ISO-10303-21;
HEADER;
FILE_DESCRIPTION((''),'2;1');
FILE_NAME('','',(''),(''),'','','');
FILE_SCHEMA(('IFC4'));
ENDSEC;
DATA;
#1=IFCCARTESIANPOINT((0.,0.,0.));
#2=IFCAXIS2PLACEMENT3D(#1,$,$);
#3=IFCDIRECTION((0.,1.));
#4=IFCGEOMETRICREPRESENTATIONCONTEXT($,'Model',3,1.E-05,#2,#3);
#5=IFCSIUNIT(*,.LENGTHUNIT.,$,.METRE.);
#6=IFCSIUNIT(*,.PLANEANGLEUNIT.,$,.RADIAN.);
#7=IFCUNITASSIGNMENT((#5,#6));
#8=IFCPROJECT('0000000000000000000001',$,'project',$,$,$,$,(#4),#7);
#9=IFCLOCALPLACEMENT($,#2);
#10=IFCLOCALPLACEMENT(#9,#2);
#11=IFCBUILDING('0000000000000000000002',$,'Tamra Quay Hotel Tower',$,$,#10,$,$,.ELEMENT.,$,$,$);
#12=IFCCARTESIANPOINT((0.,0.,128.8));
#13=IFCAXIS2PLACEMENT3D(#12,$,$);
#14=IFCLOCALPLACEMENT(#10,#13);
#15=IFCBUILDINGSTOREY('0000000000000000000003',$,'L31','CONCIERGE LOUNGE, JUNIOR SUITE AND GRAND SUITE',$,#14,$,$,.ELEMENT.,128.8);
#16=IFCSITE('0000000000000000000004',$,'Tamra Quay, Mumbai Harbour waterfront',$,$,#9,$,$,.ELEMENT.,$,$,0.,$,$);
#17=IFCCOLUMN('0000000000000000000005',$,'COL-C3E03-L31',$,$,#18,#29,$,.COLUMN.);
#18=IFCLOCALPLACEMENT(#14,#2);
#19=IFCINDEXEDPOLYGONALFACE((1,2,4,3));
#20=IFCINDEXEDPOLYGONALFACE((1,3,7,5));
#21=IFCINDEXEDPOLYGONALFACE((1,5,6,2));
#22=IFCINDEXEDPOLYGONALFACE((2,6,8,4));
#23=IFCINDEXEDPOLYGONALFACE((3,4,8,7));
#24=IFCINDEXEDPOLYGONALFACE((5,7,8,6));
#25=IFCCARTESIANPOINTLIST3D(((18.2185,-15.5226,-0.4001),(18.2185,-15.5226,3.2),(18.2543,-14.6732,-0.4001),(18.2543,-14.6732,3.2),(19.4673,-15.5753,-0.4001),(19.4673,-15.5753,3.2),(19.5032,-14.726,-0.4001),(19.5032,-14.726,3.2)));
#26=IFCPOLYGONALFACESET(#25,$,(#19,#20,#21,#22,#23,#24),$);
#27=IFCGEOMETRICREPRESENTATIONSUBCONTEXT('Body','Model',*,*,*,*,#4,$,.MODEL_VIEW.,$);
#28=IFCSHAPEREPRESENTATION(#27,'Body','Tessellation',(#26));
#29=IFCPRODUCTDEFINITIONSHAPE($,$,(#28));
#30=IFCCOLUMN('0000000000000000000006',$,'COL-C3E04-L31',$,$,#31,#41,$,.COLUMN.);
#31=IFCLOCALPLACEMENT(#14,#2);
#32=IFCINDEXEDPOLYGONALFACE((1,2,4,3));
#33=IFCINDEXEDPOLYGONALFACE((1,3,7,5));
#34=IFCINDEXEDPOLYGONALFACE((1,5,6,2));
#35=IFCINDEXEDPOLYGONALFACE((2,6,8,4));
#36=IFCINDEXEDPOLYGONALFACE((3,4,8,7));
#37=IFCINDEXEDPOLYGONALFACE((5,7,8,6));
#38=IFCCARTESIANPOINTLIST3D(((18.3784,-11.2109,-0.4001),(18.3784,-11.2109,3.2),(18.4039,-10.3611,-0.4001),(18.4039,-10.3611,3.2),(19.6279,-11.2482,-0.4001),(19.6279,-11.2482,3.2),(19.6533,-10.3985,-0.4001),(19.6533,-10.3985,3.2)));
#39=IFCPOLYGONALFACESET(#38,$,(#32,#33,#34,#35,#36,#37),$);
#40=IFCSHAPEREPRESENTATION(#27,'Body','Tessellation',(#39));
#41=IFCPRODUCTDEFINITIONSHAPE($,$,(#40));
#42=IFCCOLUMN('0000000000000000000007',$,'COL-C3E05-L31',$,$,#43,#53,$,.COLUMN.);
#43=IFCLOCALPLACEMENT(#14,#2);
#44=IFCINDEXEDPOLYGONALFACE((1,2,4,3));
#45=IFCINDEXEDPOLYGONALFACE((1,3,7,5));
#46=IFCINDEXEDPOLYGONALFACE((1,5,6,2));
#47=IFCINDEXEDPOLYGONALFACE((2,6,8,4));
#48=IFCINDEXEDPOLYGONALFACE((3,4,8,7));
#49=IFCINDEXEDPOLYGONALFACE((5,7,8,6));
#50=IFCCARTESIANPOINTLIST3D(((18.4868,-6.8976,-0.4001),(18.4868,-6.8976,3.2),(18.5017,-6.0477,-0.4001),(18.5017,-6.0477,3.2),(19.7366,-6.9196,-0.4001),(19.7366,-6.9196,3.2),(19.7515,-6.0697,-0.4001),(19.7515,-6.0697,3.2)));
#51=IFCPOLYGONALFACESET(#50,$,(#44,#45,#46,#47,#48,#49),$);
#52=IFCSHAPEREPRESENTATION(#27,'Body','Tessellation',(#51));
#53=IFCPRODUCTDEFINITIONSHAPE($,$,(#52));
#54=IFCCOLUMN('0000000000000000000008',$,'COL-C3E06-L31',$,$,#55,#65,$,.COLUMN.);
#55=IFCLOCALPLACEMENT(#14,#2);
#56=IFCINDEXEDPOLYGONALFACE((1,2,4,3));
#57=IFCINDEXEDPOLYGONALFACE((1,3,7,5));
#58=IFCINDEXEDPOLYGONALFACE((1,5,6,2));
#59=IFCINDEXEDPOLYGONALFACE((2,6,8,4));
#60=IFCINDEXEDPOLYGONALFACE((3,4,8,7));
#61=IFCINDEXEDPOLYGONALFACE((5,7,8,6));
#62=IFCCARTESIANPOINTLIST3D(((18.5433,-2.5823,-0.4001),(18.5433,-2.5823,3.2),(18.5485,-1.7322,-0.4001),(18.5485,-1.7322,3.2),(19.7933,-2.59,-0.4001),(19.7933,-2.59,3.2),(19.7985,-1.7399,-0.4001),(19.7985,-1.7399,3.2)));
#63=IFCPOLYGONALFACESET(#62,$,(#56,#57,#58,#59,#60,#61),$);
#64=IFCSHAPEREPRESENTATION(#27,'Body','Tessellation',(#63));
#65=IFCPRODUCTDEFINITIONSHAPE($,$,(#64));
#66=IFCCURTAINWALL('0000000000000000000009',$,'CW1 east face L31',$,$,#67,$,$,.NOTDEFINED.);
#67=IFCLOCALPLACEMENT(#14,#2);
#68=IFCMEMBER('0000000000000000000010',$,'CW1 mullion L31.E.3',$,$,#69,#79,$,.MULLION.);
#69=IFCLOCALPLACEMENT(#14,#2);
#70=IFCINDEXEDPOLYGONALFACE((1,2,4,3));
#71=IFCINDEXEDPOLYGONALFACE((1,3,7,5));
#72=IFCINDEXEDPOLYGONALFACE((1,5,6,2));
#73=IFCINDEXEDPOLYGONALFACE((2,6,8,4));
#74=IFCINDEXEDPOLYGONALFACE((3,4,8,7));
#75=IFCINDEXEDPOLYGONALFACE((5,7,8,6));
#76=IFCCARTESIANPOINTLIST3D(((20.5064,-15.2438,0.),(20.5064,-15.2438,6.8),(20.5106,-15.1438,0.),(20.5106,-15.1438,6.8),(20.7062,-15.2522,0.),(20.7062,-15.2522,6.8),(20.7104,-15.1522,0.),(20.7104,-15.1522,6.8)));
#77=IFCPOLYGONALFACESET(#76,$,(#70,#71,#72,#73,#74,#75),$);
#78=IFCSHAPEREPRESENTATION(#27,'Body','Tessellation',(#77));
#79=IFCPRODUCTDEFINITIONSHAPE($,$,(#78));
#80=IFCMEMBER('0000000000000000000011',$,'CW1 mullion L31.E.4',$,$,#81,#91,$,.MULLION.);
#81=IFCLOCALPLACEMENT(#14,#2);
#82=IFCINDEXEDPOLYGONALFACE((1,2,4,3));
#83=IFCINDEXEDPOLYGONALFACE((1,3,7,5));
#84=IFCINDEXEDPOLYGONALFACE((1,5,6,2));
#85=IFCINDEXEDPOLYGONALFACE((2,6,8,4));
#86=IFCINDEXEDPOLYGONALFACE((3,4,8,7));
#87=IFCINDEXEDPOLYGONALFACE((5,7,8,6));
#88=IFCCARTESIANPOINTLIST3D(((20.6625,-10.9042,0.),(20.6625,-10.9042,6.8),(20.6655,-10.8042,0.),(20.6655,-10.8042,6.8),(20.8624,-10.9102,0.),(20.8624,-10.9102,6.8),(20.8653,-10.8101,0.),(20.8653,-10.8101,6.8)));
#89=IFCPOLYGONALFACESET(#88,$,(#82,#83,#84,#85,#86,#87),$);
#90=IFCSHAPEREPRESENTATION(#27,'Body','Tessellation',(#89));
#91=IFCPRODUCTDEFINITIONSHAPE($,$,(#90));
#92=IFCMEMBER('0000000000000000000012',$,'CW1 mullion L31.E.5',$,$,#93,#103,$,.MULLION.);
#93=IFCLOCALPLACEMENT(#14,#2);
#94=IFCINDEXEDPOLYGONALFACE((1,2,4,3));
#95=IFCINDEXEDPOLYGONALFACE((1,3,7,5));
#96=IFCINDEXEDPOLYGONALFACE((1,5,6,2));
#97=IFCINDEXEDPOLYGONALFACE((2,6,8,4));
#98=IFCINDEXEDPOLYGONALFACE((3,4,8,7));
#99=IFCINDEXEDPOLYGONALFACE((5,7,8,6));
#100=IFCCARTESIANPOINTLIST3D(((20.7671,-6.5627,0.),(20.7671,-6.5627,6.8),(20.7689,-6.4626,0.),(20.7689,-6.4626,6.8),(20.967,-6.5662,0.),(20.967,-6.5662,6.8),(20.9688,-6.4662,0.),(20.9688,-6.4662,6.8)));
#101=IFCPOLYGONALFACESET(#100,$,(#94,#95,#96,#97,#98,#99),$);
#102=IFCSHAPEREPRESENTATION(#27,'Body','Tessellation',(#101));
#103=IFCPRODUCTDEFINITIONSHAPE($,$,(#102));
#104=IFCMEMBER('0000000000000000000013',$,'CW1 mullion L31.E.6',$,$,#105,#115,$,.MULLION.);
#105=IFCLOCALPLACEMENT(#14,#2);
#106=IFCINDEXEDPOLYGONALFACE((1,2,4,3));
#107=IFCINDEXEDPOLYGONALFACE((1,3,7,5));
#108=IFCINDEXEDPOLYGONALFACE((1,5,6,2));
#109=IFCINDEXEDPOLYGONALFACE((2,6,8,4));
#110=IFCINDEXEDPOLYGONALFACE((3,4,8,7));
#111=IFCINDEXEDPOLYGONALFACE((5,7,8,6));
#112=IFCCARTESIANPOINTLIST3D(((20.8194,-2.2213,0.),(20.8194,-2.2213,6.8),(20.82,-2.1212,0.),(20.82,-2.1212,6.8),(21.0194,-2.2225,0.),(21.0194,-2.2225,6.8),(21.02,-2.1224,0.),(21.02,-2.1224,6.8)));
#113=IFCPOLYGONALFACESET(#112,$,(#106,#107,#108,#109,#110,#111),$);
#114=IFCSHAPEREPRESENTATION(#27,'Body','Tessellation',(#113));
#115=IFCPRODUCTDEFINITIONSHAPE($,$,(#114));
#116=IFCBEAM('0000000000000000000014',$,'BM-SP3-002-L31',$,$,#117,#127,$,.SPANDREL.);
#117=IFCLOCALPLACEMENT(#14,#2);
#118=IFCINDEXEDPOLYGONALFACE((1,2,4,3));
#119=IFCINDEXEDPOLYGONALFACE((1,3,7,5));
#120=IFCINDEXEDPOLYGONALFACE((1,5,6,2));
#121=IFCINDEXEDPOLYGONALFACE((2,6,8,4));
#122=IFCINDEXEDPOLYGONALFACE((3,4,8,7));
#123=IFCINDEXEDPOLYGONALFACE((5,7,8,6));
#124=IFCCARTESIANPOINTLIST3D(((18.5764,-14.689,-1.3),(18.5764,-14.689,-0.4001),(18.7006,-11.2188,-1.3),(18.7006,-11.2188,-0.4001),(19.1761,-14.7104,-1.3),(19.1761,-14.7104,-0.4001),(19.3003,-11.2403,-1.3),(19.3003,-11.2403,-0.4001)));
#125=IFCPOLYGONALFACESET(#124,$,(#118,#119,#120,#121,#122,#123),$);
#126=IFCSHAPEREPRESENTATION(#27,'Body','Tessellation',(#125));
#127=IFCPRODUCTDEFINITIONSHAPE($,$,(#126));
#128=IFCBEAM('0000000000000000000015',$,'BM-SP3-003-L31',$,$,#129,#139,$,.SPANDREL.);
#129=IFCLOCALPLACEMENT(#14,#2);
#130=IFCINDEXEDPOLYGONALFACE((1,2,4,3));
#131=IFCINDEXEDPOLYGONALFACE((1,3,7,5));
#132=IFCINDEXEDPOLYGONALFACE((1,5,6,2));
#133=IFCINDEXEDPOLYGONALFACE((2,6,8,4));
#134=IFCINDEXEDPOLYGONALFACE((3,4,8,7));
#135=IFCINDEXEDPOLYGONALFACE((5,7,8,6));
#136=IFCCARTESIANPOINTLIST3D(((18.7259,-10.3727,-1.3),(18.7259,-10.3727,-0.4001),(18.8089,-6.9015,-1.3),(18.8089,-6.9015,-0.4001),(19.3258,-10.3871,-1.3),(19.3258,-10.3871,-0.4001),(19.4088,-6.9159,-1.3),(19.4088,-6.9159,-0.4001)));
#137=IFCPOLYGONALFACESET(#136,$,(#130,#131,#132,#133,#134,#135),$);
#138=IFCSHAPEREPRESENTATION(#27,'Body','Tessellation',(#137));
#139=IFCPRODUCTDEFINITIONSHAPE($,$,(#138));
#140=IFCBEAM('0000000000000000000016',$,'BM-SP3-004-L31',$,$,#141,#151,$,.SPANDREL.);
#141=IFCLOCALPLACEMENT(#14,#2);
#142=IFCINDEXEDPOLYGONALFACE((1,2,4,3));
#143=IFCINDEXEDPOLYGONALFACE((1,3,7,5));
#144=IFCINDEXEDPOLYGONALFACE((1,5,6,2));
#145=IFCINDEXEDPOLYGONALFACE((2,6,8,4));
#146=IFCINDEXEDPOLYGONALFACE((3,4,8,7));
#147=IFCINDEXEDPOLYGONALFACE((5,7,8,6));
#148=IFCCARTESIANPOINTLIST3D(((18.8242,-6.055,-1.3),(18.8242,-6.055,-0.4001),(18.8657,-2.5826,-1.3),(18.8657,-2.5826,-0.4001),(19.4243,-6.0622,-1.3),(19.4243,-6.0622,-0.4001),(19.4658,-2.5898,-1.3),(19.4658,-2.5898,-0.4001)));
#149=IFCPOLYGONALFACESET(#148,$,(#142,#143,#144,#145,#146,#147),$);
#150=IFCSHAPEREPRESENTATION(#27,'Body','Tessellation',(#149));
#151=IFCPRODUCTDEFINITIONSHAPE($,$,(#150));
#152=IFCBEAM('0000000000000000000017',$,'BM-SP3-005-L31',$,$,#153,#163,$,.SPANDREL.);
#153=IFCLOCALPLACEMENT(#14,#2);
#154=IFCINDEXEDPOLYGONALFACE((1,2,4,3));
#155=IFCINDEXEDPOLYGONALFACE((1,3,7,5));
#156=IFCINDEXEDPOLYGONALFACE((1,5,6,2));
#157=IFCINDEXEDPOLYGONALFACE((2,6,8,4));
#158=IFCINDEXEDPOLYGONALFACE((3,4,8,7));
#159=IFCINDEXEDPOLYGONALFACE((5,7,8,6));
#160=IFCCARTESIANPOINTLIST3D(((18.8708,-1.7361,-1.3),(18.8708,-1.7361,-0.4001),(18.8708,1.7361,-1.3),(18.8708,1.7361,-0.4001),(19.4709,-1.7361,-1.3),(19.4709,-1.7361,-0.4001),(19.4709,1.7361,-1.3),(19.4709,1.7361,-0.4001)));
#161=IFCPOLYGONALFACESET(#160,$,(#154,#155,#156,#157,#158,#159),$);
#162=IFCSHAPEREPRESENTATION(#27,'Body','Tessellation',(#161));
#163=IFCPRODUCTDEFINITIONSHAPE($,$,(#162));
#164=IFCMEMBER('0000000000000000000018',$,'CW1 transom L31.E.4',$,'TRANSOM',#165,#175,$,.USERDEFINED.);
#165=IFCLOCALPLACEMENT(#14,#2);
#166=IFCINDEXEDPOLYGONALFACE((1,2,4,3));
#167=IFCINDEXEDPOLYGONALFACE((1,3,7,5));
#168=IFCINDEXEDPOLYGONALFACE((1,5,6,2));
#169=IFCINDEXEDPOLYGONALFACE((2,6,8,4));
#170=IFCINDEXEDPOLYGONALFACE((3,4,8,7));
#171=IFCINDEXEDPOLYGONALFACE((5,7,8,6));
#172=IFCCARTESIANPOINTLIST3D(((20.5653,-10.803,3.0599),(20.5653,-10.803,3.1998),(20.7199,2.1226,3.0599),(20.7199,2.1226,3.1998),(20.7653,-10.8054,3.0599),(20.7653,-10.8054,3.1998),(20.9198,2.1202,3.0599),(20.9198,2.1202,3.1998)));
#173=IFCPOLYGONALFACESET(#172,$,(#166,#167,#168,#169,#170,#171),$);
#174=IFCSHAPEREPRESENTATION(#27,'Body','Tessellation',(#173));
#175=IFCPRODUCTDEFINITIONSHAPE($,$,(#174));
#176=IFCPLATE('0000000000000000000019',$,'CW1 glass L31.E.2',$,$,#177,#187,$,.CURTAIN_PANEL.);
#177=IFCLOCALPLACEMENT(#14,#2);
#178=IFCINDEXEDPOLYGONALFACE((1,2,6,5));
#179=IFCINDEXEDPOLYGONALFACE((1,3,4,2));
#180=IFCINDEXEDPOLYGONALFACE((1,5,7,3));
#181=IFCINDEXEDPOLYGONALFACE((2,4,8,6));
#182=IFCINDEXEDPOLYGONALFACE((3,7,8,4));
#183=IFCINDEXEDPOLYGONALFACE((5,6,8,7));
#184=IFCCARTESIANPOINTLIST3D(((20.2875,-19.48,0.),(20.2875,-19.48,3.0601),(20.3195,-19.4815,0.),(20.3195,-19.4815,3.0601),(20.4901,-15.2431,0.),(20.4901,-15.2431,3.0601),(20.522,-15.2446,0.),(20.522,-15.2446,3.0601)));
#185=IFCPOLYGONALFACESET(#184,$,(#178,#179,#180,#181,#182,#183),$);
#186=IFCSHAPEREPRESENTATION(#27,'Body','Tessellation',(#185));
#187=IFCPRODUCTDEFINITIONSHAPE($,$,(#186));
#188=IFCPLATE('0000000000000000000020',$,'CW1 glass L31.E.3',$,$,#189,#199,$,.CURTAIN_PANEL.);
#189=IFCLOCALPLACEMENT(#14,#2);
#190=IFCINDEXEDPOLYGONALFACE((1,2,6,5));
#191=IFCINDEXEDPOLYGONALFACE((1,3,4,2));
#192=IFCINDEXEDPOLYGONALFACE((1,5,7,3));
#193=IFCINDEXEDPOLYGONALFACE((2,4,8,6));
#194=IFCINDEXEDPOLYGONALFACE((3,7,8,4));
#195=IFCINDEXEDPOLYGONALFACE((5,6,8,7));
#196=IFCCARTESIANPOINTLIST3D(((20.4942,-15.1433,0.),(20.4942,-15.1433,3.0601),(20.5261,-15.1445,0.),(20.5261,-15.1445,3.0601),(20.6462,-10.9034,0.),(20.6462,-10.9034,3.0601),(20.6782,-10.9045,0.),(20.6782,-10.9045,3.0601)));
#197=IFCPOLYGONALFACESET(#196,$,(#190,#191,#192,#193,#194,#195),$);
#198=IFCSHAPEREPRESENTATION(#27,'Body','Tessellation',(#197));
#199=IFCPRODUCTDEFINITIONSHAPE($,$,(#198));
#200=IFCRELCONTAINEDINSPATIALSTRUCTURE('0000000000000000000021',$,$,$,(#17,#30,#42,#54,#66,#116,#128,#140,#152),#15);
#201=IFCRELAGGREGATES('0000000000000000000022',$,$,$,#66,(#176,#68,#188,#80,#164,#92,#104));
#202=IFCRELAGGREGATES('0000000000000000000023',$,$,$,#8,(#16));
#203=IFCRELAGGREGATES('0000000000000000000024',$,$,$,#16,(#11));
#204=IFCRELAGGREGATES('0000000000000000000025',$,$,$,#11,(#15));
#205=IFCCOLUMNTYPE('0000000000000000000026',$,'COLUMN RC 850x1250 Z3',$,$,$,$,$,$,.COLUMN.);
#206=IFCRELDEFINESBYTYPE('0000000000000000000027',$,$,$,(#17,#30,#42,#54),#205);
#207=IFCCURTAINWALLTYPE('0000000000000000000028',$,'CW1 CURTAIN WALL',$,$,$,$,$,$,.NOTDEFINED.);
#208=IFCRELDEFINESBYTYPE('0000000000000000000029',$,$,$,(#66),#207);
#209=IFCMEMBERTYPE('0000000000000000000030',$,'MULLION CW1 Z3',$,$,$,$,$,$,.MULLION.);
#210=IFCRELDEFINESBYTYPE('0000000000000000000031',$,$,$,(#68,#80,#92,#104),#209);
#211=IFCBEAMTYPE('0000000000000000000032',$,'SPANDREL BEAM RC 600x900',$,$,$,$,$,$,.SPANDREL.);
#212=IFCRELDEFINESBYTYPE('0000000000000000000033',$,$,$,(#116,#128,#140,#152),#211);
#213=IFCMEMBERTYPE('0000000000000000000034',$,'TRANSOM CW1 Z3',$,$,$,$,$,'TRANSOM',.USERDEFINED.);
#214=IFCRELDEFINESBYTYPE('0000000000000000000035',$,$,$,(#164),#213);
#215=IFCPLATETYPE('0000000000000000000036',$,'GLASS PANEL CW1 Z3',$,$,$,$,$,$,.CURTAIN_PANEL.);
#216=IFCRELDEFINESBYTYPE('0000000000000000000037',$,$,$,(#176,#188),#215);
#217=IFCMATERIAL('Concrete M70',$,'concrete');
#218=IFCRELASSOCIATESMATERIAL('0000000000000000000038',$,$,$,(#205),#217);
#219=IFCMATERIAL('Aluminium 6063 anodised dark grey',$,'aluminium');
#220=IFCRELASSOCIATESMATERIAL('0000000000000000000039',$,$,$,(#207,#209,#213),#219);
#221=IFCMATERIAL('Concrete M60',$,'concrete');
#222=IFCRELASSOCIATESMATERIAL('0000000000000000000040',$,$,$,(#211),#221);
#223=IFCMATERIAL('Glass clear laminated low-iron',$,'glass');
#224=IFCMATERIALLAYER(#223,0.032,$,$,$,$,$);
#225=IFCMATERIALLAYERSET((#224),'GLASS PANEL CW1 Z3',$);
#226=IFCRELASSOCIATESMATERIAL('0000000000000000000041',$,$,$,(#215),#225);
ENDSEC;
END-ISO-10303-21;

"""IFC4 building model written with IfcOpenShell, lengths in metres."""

from ifc_helpers import new_model, si_unit, direction, frame, origin, origin_2d, place, context, subcontext, project, spatial, rectangle, extrude, material, layer, layer_set, material_profile, profile_set, type_object, element, aggregate, save


model = new_model("IFC4")

# Units and contexts
model_context = context("Model", 3, precision=1e-05, world=origin(), true_north=direction((0.0, 1.0)))
body_context = subcontext(model_context, "Body", "Model", "MODEL_VIEW")
ifc_project = project(units=[si_unit("LENGTHUNIT", "METRE"), si_unit("PLANEANGLEUNIT", "RADIAN")], contexts=[model_context])

# Site, building, storey
site_placement = place(None, origin())
site = spatial("IfcSite", under=ifc_project, at=site_placement, Name="Tamra Quay, Mumbai Harbour waterfront", CompositionType="ELEMENT", RefElevation=0.0)
building_placement = place(site_placement, origin())
building = spatial("IfcBuilding", under=site, at=building_placement, Name="Tamra Quay Hotel Tower", CompositionType="ELEMENT")
storey_placement = place(building_placement, frame((0.0, 0.0, 128.8)))
storey = spatial("IfcBuildingStorey", under=building, at=storey_placement, Name="L31", Description="CONCIERGE LOUNGE, JUNIOR SUITE AND GRAND SUITE", CompositionType="ELEMENT", Elevation=128.8)

# Columns
ifc_material_1 = material(Name="Concrete M70", Category="concrete")
ifc_material_profile_1 = material_profile(ifc_material_1, rectangle(XDim=1.25, YDim=0.8501, at=origin_2d()), Name="COLUMN RC 850x1250 Z3")
ifc_profile_set_1 = profile_set([ifc_material_profile_1], Name="Concrete M70")
column_type = type_object("IfcColumnType", Name="COLUMN RC 850x1250 Z3", PredefinedType="COLUMN", material=ifc_profile_set_1)
for number, where, z_axis, x_axis, name in (
    (1, (18.8608, -15.1243, -0.4001), (0.0, 0.0, 1.0), (-0.999109, 0.042202, 0.0), "COL-C3E03-L31"),
    (2, (19.0159, -10.8047, -0.4001), (0.0, 0.0, 1.0), (-0.999553, 0.029907, 0.0), "COL-C3E04-L31"),
    (3, (19.1191, -6.4836, -0.4001), (0.0, 0.0, 1.0), (-0.999845, 0.017597, 0.0), "COL-C3E05-L31"),
    (4, (19.1709, -2.1611, -0.4001), (0.0, 0.0, 1.0), (-0.999981, 0.006159, 0.0), "COL-C3E06-L31"),
):
    element("IfcColumn", number, at=place(storey_placement, frame(where, z_axis=z_axis, x_axis=x_axis)), inside=storey, type_object=column_type, Name=name, PredefinedType="COLUMN", context=body_context, shape_type="SweptSolid", body=[
        extrude(rectangle(XDim=1.25, YDim=0.8501, at=origin_2d()), origin(), (0.0, 0.0, 1.0), 3.6001),
    ])

# Curtain wall, members
ifc_material_2 = material(Name="Aluminium 6063 anodised dark grey", Category="aluminium")
curtain_wall_type = type_object("IfcCurtainWallType", Name="CW1 CURTAIN WALL", PredefinedType="NOTDEFINED", material=ifc_material_2)
curtain_wall_placement = place(storey_placement, origin())
curtain_wall = element("IfcCurtainWall", 5, at=curtain_wall_placement, inside=storey, type_object=curtain_wall_type, Name="CW1 east face L31", PredefinedType="NOTDEFINED")
ifc_material_profile_2 = material_profile(ifc_material_2, rectangle(XDim=0.2, YDim=0.1001, at=origin_2d()), Name="MULLION 100X200")
ifc_profile_set_2 = profile_set([ifc_material_profile_2], Name="Aluminium 6063 anodised dark grey")
member_type_1 = type_object("IfcMemberType", Name="MULLION CW1 Z3", PredefinedType="MULLION", material=ifc_profile_set_2)
member_1_placement = place(storey_placement, frame((20.6084, -15.198, 0.0), z_axis=(0.0, 0.0, 1.0), x_axis=(0.999126, -0.041797, 0.0)))
member_1 = element("IfcMember", 6, at=member_1_placement, type_object=member_type_1, Name="CW1 mullion L31.E.3", PredefinedType="MULLION", context=body_context, shape_type="SweptSolid", body=[
    extrude(rectangle(XDim=0.2, YDim=0.1001, at=origin_2d()), origin(), (0.0, 0.0, 1.0), 6.8),
])
member_2_placement = place(storey_placement, frame((20.7639, -10.8572, 0.0), z_axis=(0.0, 0.0, 1.0), x_axis=(0.999554, -0.029871, 0.0)))
member_2 = element("IfcMember", 7, at=member_2_placement, type_object=member_type_1, Name="CW1 mullion L31.E.4", PredefinedType="MULLION", context=body_context, shape_type="SweptSolid", body=[
    extrude(rectangle(XDim=0.2, YDim=0.1001, at=origin_2d()), origin(), (0.0, 0.0, 1.0), 6.8),
])
member_3_placement = place(storey_placement, frame((20.8679, -6.5144, 0.0), z_axis=(0.0, 0.0, 1.0), x_axis=(0.999839, -0.017927, 0.0)))
member_3 = element("IfcMember", 8, at=member_3_placement, type_object=member_type_1, Name="CW1 mullion L31.E.5", PredefinedType="MULLION", context=body_context, shape_type="SweptSolid", body=[
    extrude(rectangle(XDim=0.2, YDim=0.1001, at=origin_2d()), origin(), (0.0, 0.0, 1.0), 6.8),
])
member_4_placement = place(storey_placement, frame((20.9197, -2.1719, 0.0), z_axis=(0.0, 0.0, 1.0), x_axis=(0.999982, -0.005979, 0.0)))
member_4 = element("IfcMember", 9, at=member_4_placement, type_object=member_type_1, Name="CW1 mullion L31.E.6", PredefinedType="MULLION", context=body_context, shape_type="SweptSolid", body=[
    extrude(rectangle(XDim=0.2, YDim=0.1001, at=origin_2d()), origin(), (0.0, 0.0, 1.0), 6.8),
])

# Beams
ifc_material_3 = material(Name="Concrete M60", Category="concrete")
ifc_material_profile_3 = material_profile(ifc_material_3, rectangle(XDim=0.6001, YDim=0.8999, at=origin_2d()), Name="SPANDREL BEAM RC 600x900")
ifc_profile_set_3 = profile_set([ifc_material_profile_3], Name="Concrete M60")
beam_type = type_object("IfcBeamType", Name="SPANDREL BEAM RC 600x900", PredefinedType="SPANDREL", material=ifc_profile_set_3)
beam_1_placement = place(storey_placement, frame((18.8762, -14.6997, -0.8501), z_axis=(0.035787, 0.999359, 0.0), x_axis=(-0.999359, 0.035787, 0.0)))
element("IfcBeam", 10, at=beam_1_placement, inside=storey, type_object=beam_type, Name="BM-SP3-002-L31", PredefinedType="SPANDREL", context=body_context, shape_type="SweptSolid", body=[
    extrude(rectangle(XDim=0.6001, YDim=0.8999, at=origin_2d()), origin(), (0.0, 0.0, 1.0), 3.4724),
])
beam_2_placement = place(storey_placement, frame((19.0259, -10.3799, -0.8501), z_axis=(0.023907, 0.999714, 0.0), x_axis=(-0.999714, 0.023907, 0.0)))
element("IfcBeam", 11, at=beam_2_placement, inside=storey, type_object=beam_type, Name="BM-SP3-003-L31", PredefinedType="SPANDREL", context=body_context, shape_type="SweptSolid", body=[
    extrude(rectangle(XDim=0.6001, YDim=0.8999, at=origin_2d()), origin(), (0.0, 0.0, 1.0), 3.4722),
])
beam_3_placement = place(storey_placement, frame((19.1243, -6.0586, -0.8501), z_axis=(0.011952, 0.999929, 0.0), x_axis=(-0.999929, 0.011952, 0.0)))
element("IfcBeam", 12, at=beam_3_placement, inside=storey, type_object=beam_type, Name="BM-SP3-004-L31", PredefinedType="SPANDREL", context=body_context, shape_type="SweptSolid", body=[
    extrude(rectangle(XDim=0.6001, YDim=0.8999, at=origin_2d()), origin(), (0.0, 0.0, 1.0), 3.4727),
])
beam_4_placement = place(storey_placement, frame((19.1709, -1.7361, -0.8501), z_axis=(0.0, 1.0, 0.0), x_axis=(-1.0, 0.0, 0.0)))
element("IfcBeam", 13, at=beam_4_placement, inside=storey, type_object=beam_type, Name="BM-SP3-005-L31", PredefinedType="SPANDREL", context=body_context, shape_type="SweptSolid", body=[
    extrude(rectangle(XDim=0.6001, YDim=0.8999, at=origin_2d()), origin(), (0.0, 0.0, 1.0), 3.4722),
])

# Member
ifc_material_profile_4 = material_profile(ifc_material_2, rectangle(XDim=0.2, YDim=0.1399, at=origin_2d()), Name="TRANSOM 200X140")
ifc_profile_set_4 = profile_set([ifc_material_profile_4], Name="Aluminium 6063 anodised dark grey")
member_type_2 = type_object("IfcMemberType", Name="TRANSOM CW1 Z3", ElementType="TRANSOM", PredefinedType="USERDEFINED", material=ifc_profile_set_4)
member_5_placement = place(storey_placement, frame((20.6653, -10.8042, 3.1299), z_axis=(0.011955, 0.999929, 0.0), x_axis=(-0.999929, 0.011955, 0.0)))
member_5 = element("IfcMember", 14, at=member_5_placement, type_object=member_type_2, Name="CW1 transom L31.E.4", ObjectType="TRANSOM", PredefinedType="USERDEFINED", context=body_context, shape_type="SweptSolid", body=[
    extrude(rectangle(XDim=0.2, YDim=0.1399, at=origin_2d()), origin(), (0.0, 0.0, 1.0), 12.9265),
])

# Plates
ifc_material_4 = material(Name="Glass clear laminated low-iron", Category="glass")
ifc_layer_1 = layer(ifc_material_4, 0.032)
ifc_layer_set_1 = layer_set([ifc_layer_1], Name="GLASS PANEL CW1 Z3")
plate_type = type_object("IfcPlateType", Name="GLASS PANEL CW1 Z3", PredefinedType="CURTAIN_PANEL", material=ifc_layer_set_1)
plate_1_placement = place(storey_placement, frame((20.4048, -17.3623, 0.0), z_axis=(0.0, 0.0, 1.0), x_axis=(0.047747, 0.998859, 0.0)))
plate_1 = element("IfcPlate", 15, at=plate_1_placement, type_object=plate_type, Name="CW1 glass L31.E.2", PredefinedType="CURTAIN_PANEL", context=body_context, shape_type="SweptSolid", body=[
    extrude(rectangle(XDim=4.2417, YDim=0.032, at=origin_2d()), origin(), (0.0, 0.0, 1.0), 3.0601),
])
plate_2_placement = place(storey_placement, frame((20.5862, -13.0239, 0.0), z_axis=(0.0, 0.0, 1.0), x_axis=(0.035845, 0.999357, 0.0)))
plate_2 = element("IfcPlate", 16, at=plate_2_placement, type_object=plate_type, Name="CW1 glass L31.E.3", PredefinedType="CURTAIN_PANEL", context=body_context, shape_type="SweptSolid", body=[
    extrude(rectangle(XDim=4.2427, YDim=0.032, at=origin_2d()), origin(), (0.0, 0.0, 1.0), 3.0601),
])
aggregate(curtain_wall, [plate_1, member_1, plate_2, member_2, member_5, member_3, member_4])

save(model, "model.ifc")
